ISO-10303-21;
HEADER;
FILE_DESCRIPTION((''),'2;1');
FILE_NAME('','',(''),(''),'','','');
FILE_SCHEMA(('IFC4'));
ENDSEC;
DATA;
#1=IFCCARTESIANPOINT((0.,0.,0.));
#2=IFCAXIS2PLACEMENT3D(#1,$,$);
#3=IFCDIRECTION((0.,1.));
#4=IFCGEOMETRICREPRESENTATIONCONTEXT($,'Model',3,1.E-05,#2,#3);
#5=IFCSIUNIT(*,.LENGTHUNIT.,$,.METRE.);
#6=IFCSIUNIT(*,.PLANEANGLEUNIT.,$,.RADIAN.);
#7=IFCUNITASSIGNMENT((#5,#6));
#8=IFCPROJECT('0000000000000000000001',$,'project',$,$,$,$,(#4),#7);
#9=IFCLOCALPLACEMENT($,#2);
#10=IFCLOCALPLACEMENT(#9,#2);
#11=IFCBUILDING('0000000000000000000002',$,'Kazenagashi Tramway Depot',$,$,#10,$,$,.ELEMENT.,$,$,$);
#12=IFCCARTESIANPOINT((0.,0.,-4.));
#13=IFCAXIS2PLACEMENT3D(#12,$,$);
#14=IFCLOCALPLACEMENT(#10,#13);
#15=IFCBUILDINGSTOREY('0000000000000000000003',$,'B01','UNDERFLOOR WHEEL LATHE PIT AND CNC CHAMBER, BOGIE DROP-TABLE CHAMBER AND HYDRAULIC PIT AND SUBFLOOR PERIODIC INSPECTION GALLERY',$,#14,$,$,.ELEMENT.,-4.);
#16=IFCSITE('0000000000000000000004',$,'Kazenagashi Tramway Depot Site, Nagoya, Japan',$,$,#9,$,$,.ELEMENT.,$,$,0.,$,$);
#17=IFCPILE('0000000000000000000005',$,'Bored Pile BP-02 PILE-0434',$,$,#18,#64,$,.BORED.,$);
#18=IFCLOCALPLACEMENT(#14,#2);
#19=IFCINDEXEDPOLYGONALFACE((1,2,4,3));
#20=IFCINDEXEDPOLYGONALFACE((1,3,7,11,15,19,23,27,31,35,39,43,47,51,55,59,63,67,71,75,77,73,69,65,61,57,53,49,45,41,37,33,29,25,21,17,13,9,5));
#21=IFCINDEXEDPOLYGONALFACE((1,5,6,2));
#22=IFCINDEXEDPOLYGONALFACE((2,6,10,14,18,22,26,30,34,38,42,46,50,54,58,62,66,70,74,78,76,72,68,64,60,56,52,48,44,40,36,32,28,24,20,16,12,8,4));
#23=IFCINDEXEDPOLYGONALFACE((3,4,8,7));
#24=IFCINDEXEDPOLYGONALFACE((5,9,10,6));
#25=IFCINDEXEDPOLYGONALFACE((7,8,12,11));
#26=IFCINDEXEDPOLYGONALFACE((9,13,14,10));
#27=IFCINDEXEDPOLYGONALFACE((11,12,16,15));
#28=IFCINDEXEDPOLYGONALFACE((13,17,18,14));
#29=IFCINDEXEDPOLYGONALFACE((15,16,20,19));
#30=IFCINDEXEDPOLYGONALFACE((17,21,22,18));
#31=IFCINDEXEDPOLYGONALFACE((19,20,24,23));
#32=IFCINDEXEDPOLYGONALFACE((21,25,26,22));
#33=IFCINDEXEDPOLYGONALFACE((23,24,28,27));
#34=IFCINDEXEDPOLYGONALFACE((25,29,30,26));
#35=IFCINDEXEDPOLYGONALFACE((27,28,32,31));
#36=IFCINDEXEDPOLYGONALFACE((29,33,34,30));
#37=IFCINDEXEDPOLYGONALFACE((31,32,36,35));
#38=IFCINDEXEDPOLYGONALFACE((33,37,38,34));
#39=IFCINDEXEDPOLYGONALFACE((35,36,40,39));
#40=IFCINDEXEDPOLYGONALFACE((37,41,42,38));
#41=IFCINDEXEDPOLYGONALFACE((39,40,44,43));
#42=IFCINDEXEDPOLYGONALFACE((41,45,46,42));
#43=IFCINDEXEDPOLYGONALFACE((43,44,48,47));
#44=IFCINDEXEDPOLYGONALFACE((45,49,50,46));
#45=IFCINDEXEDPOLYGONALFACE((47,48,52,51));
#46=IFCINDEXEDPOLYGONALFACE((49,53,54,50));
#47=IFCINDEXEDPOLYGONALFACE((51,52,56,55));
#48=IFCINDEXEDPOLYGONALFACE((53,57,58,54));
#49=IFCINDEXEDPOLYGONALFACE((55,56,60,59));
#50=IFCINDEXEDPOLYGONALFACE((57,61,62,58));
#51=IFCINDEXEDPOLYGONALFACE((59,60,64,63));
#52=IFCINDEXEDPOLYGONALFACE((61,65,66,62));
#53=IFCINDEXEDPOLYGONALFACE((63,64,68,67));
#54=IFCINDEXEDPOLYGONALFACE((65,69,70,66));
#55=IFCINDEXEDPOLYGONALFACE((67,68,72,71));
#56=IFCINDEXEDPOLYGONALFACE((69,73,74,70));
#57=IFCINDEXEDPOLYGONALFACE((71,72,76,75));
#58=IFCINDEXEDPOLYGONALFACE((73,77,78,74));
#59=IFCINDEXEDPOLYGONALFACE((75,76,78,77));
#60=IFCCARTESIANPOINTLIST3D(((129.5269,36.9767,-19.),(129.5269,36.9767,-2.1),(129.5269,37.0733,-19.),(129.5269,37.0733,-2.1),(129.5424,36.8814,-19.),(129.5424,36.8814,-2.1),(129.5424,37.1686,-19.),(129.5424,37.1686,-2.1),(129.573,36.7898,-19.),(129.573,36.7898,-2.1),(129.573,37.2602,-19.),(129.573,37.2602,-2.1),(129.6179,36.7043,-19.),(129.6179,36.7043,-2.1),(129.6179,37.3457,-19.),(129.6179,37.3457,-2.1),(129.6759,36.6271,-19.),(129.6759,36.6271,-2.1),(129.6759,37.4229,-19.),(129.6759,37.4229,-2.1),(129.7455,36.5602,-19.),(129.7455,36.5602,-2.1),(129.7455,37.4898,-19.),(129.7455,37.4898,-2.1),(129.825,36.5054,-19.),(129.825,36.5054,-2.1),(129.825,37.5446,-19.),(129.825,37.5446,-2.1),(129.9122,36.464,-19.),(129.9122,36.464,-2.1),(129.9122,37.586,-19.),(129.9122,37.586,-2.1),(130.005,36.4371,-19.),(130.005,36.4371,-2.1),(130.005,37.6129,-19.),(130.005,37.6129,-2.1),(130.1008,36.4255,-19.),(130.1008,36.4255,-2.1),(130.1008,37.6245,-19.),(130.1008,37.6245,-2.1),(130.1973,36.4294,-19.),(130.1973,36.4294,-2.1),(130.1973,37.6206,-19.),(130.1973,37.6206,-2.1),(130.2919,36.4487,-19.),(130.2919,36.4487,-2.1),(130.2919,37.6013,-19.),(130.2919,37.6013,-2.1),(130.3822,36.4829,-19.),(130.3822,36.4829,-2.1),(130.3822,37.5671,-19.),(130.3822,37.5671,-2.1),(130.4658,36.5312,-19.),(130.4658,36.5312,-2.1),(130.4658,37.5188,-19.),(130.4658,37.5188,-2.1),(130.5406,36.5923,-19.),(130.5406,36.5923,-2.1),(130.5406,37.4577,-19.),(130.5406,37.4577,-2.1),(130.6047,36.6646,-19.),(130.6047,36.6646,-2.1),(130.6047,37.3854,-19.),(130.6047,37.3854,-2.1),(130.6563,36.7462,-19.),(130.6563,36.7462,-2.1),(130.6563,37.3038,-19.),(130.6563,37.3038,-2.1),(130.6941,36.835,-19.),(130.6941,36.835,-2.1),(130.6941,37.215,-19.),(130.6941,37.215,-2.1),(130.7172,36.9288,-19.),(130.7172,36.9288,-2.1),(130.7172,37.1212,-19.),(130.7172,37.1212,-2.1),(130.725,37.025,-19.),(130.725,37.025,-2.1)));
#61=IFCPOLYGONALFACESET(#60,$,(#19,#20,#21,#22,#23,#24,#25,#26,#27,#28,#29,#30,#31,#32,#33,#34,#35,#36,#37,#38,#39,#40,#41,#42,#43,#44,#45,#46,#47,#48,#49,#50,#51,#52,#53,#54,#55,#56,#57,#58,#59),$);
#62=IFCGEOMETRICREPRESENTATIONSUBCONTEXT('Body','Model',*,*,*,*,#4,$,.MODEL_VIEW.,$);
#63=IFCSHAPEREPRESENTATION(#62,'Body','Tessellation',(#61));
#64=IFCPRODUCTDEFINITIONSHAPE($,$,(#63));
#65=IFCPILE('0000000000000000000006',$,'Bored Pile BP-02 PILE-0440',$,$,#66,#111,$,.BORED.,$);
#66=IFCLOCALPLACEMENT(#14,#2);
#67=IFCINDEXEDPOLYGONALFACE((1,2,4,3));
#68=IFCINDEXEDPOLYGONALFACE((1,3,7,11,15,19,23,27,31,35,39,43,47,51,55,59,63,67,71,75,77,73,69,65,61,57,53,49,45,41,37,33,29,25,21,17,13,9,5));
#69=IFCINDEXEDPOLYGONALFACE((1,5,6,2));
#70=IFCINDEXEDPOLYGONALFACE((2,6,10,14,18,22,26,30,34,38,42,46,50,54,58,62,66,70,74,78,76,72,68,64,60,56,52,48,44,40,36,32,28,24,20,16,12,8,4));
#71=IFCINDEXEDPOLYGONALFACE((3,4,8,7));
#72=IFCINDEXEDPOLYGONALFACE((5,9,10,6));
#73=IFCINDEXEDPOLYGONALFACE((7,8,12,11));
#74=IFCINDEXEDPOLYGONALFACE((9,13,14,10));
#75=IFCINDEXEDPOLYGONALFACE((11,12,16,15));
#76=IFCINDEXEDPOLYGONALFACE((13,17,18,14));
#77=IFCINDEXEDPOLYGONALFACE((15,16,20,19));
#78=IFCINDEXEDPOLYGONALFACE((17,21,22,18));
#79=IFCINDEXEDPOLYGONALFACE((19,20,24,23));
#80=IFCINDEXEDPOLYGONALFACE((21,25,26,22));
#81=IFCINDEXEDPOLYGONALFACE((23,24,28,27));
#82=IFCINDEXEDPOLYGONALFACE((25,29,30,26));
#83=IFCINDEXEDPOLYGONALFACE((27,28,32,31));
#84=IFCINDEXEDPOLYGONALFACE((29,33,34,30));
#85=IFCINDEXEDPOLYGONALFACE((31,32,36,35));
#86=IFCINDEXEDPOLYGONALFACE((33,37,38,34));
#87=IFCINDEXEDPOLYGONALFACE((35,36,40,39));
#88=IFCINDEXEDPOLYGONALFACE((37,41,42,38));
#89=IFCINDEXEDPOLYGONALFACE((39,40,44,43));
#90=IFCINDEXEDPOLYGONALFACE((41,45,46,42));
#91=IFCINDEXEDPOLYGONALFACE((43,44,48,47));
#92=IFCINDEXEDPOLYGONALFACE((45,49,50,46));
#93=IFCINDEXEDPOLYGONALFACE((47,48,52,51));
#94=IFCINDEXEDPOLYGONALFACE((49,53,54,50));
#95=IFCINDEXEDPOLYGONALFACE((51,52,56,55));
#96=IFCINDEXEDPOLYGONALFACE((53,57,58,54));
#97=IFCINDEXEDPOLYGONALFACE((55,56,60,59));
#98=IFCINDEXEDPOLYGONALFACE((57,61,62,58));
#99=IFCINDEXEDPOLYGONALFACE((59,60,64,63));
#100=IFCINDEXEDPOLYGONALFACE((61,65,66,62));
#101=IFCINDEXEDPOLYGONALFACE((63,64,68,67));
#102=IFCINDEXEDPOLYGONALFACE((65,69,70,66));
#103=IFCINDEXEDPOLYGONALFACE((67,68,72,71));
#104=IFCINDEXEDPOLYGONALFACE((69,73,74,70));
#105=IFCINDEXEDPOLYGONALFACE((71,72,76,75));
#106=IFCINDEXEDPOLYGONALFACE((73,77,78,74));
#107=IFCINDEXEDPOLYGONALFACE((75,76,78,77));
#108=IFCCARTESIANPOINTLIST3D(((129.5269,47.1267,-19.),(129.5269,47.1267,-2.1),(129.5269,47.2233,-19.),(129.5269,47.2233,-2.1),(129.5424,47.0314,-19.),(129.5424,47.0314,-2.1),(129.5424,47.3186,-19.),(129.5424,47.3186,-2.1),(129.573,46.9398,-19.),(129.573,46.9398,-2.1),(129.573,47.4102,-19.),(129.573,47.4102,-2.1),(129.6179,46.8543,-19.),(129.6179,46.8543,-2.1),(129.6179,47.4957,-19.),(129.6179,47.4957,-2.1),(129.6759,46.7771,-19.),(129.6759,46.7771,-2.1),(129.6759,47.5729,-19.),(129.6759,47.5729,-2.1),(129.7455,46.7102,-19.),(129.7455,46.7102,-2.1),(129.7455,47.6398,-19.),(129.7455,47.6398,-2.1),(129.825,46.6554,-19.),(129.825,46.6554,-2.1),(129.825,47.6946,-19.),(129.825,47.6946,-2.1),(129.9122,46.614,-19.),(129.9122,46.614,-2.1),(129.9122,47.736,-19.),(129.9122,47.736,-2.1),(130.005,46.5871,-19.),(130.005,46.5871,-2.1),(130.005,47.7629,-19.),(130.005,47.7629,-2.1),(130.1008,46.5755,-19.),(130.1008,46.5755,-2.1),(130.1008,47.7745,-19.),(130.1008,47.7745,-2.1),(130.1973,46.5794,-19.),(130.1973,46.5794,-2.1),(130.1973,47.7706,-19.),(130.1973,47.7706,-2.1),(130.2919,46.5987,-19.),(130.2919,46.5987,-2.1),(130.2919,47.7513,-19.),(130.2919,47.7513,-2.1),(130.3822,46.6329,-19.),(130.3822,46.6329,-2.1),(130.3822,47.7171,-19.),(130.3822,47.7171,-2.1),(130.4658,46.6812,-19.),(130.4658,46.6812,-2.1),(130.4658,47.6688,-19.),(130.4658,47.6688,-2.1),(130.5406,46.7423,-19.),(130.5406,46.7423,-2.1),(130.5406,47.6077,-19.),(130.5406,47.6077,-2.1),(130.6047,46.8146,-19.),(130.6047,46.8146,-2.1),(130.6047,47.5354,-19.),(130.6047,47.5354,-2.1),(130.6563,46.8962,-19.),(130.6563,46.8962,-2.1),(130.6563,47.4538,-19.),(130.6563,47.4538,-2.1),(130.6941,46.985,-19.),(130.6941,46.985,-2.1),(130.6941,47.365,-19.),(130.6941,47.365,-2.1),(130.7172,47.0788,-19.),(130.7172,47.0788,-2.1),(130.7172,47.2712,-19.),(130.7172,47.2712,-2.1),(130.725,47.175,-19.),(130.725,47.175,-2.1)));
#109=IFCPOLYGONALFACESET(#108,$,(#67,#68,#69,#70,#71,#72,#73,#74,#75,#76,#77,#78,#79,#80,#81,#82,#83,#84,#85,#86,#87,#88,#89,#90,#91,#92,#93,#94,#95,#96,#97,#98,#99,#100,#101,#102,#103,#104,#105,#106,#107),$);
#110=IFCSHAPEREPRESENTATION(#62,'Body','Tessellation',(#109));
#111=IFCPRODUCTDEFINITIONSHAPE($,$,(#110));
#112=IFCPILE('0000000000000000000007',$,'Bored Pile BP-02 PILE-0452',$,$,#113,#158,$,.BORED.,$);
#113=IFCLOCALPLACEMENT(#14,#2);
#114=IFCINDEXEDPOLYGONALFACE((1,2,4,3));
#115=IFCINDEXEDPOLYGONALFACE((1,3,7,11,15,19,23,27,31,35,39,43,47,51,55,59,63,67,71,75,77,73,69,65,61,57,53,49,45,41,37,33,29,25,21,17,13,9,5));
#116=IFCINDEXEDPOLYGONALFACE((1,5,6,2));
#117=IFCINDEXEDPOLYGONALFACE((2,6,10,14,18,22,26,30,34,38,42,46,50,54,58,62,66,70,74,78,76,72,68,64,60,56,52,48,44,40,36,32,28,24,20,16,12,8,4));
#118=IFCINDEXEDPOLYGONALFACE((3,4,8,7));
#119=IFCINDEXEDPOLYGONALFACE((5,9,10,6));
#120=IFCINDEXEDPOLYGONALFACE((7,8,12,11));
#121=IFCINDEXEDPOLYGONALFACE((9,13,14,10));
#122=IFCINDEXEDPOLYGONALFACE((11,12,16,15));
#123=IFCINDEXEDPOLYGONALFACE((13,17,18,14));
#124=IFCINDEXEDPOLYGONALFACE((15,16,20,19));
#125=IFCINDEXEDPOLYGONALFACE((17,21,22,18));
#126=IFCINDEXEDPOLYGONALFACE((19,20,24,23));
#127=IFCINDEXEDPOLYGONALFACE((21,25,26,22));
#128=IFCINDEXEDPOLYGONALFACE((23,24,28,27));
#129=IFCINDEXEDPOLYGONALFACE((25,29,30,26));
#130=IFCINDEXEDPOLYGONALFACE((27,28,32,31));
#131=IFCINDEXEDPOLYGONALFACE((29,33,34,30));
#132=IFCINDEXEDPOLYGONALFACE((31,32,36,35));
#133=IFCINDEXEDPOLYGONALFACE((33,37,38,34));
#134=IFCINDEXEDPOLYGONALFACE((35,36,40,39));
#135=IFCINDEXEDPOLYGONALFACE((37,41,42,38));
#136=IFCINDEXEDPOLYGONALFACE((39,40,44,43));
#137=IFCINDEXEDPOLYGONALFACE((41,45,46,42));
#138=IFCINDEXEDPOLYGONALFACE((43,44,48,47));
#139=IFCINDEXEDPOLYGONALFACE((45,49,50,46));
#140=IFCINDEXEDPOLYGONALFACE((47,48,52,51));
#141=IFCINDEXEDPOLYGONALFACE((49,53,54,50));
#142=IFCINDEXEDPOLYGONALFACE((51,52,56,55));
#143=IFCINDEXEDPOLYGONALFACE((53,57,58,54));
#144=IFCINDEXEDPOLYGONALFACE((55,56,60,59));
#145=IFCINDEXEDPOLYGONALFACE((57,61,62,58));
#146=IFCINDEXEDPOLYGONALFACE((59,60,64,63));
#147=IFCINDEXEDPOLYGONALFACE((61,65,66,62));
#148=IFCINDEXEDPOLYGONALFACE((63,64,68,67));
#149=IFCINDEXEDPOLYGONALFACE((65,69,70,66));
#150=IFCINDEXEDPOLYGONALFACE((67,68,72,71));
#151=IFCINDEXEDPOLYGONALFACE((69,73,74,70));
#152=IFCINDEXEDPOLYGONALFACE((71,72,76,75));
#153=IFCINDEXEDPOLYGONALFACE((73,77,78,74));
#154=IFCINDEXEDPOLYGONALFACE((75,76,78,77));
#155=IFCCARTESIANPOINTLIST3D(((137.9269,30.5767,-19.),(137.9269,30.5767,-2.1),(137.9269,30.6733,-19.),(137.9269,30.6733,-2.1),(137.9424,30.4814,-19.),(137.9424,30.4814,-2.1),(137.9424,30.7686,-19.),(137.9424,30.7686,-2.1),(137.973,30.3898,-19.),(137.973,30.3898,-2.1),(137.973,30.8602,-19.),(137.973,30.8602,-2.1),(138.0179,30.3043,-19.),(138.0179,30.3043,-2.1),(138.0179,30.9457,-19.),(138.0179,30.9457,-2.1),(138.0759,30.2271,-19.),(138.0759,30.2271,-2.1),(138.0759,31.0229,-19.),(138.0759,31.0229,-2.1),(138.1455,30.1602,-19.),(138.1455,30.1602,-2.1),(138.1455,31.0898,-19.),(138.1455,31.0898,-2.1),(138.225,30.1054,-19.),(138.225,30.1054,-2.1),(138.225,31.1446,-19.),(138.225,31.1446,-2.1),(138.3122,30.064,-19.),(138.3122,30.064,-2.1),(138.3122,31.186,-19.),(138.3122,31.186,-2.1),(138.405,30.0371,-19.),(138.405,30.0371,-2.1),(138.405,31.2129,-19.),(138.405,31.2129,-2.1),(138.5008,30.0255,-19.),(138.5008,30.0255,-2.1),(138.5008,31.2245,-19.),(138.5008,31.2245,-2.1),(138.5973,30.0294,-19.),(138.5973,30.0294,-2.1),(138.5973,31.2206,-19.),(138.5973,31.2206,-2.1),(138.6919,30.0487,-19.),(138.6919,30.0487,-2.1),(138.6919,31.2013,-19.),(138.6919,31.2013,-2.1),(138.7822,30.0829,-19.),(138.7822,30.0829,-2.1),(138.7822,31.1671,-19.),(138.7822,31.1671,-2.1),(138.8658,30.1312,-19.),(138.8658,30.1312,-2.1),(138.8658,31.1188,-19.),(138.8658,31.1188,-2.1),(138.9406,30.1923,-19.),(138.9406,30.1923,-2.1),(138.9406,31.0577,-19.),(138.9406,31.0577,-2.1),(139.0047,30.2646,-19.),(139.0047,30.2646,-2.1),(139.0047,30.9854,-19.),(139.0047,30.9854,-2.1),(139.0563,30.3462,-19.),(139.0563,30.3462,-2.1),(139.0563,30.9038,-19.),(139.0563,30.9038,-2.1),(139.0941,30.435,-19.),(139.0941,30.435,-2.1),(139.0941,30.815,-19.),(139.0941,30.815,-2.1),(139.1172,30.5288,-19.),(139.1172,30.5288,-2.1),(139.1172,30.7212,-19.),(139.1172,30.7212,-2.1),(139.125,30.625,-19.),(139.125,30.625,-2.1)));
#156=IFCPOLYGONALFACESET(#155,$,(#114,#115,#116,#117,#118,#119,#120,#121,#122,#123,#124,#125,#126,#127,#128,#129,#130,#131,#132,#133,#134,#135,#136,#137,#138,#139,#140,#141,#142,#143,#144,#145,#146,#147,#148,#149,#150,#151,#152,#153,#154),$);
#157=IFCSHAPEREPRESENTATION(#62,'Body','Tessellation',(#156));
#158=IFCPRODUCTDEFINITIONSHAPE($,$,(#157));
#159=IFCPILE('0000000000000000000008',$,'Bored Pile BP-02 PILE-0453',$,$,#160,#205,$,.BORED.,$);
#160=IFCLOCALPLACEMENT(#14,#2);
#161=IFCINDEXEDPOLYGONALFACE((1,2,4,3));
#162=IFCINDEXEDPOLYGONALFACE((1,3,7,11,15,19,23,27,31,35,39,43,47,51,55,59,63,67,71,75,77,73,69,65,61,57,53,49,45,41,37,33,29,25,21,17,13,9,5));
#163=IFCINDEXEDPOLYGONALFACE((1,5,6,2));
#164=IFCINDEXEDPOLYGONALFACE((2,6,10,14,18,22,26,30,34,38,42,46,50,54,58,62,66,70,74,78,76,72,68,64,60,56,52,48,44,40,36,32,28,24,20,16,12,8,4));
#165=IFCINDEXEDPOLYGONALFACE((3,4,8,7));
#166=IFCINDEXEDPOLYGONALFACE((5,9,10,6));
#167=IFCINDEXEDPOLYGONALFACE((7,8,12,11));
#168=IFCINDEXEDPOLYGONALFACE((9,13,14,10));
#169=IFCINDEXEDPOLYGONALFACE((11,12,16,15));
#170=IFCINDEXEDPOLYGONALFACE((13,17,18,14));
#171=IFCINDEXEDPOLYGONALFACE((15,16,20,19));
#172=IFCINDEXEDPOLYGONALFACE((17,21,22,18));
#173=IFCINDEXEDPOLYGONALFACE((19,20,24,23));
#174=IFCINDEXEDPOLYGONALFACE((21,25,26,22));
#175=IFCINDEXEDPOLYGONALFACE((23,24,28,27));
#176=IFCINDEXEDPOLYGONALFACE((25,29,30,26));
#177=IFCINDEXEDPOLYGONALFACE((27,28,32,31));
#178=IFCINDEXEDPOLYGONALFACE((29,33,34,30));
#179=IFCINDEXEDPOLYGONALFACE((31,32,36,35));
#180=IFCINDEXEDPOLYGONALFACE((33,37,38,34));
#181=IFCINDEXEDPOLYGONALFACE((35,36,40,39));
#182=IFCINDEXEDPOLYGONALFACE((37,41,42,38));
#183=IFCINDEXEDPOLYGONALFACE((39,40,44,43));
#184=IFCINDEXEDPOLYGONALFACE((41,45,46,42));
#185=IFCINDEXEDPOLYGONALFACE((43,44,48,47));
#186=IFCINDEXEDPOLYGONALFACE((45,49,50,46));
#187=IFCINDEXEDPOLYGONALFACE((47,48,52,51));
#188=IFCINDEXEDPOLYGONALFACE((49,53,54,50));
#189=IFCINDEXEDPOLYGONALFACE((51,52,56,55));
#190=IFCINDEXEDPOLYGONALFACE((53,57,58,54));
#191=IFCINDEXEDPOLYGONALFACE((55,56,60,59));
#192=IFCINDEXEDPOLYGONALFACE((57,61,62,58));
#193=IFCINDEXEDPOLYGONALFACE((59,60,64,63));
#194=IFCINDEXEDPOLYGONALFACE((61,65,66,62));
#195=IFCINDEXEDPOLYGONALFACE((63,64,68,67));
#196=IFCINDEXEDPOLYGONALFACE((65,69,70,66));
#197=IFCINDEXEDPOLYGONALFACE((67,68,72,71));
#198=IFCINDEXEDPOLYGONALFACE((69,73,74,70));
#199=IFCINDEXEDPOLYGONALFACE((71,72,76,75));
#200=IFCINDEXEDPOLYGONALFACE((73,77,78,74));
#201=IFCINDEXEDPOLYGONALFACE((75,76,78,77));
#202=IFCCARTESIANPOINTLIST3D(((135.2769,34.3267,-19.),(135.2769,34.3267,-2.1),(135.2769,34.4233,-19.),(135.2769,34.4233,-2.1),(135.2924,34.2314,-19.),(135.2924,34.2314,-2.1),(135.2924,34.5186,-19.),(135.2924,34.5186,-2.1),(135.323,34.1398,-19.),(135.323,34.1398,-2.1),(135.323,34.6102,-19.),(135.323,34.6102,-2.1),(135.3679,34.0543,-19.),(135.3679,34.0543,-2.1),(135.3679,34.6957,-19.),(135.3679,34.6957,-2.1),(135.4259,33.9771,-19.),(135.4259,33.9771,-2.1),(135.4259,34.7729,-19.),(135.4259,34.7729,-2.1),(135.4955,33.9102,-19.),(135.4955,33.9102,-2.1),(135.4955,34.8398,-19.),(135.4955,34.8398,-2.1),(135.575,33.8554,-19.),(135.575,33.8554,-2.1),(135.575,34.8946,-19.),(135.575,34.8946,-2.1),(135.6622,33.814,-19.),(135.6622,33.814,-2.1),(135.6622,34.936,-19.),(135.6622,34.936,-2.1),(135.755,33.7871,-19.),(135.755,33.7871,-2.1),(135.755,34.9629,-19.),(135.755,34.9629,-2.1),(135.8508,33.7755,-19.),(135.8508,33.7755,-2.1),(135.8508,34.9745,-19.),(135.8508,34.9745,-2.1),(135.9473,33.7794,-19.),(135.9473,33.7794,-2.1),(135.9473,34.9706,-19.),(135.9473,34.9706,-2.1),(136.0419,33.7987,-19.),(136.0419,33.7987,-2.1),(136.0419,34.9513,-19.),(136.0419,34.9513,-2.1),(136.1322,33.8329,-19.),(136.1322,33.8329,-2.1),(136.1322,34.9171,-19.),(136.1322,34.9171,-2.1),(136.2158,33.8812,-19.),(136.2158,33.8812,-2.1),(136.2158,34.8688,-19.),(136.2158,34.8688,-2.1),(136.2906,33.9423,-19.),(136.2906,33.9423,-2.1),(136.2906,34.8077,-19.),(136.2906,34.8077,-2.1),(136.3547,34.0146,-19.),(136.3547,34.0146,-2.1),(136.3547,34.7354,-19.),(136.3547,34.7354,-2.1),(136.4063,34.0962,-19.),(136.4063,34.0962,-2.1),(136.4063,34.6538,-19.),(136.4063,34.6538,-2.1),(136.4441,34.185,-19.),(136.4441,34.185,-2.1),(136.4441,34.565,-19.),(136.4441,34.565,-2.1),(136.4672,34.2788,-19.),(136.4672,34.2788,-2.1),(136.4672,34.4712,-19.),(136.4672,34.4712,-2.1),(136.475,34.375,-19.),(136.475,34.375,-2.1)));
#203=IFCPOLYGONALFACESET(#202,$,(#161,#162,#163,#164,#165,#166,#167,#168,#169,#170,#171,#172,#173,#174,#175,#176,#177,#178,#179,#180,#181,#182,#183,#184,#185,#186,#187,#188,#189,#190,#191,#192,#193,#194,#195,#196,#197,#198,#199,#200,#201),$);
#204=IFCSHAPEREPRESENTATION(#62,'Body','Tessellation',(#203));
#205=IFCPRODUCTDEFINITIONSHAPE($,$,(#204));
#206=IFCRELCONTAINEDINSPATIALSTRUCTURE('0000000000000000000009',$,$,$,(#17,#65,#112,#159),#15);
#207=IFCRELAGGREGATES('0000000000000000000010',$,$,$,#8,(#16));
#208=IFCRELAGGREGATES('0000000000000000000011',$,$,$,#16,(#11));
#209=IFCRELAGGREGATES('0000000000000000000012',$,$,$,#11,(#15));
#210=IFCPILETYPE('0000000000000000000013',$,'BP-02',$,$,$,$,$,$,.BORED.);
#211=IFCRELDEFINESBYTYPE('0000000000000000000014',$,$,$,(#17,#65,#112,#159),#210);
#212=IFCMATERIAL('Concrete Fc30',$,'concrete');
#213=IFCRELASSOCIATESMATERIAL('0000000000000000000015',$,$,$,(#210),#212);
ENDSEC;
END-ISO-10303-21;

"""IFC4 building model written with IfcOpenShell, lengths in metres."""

from ifc_helpers import new_model, si_unit, direction, frame, origin, origin_2d, place, context, subcontext, project, spatial, circle, extrude, material, material_profile, profile_set, type_object, element, save


model = new_model("IFC4")

# Units and contexts
model_context = context("Model", 3, precision=1e-05, world=origin(), true_north=direction((0.0, 1.0)))
body_context = subcontext(model_context, "Body", "Model", "MODEL_VIEW")
ifc_project = project(units=[si_unit("LENGTHUNIT", "METRE"), si_unit("PLANEANGLEUNIT", "RADIAN")], contexts=[model_context])

# Site, building, storey
site_placement = place(None, origin())
site = spatial("IfcSite", under=ifc_project, at=site_placement, Name="Kazenagashi Tramway Depot Site, Nagoya, Japan", CompositionType="ELEMENT", RefElevation=0.0)
building_placement = place(site_placement, origin())
building = spatial("IfcBuilding", under=site, at=building_placement, Name="Kazenagashi Tramway Depot", CompositionType="ELEMENT")
storey_placement = place(building_placement, frame((0.0, 0.0, -4.0)))
storey = spatial("IfcBuildingStorey", under=building, at=storey_placement, Name="B01", Description="UNDERFLOOR WHEEL LATHE PIT AND CNC CHAMBER, BOGIE DROP-TABLE CHAMBER AND HYDRAULIC PIT AND SUBFLOOR PERIODIC INSPECTION GALLERY", CompositionType="ELEMENT", Elevation=-4.0)

# Piles
ifc_material_1 = material(Name="Concrete Fc30", Category="concrete")
ifc_material_profile_1 = material_profile(ifc_material_1, circle(Radius=0.6, at=origin_2d()), Name="PILE-1200")
ifc_profile_set_1 = profile_set([ifc_material_profile_1], Name="Concrete Fc30")
pile_type_1 = type_object("IfcPileType", Name="BP-02", PredefinedType="BORED", material=ifc_profile_set_1)
for number, where, z_axis, x_axis, name in (
    (1, (130.125, 37.025, -2.1), (0.0, 0.0, -1.0), (1.0, 0.0, 0.0), "Bored Pile BP-02 PILE-0434"),
    (2, (130.125, 47.175, -2.1), (0.0, 0.0, -1.0), (1.0, 0.0, 0.0), "Bored Pile BP-02 PILE-0440"),
    (3, (138.525, 30.625, -2.1), (0.0, 0.0, -1.0), (1.0, 0.0, 0.0), "Bored Pile BP-02 PILE-0452"),
    (4, (135.875, 34.375, -2.1), (0.0, 0.0, -1.0), (1.0, 0.0, 0.0), "Bored Pile BP-02 PILE-0453"),
):
    element("IfcPile", number, at=place(storey_placement, frame(where, z_axis=z_axis, x_axis=x_axis)), inside=storey, type_object=pile_type_1, Name=name, PredefinedType="BORED", context=body_context, shape_type="SweptSolid", body=[
        extrude(circle(Radius=0.6, at=origin_2d()), origin(), (0.0, 0.0, 1.0), 16.9),
    ])

save(model, "model.ifc")
